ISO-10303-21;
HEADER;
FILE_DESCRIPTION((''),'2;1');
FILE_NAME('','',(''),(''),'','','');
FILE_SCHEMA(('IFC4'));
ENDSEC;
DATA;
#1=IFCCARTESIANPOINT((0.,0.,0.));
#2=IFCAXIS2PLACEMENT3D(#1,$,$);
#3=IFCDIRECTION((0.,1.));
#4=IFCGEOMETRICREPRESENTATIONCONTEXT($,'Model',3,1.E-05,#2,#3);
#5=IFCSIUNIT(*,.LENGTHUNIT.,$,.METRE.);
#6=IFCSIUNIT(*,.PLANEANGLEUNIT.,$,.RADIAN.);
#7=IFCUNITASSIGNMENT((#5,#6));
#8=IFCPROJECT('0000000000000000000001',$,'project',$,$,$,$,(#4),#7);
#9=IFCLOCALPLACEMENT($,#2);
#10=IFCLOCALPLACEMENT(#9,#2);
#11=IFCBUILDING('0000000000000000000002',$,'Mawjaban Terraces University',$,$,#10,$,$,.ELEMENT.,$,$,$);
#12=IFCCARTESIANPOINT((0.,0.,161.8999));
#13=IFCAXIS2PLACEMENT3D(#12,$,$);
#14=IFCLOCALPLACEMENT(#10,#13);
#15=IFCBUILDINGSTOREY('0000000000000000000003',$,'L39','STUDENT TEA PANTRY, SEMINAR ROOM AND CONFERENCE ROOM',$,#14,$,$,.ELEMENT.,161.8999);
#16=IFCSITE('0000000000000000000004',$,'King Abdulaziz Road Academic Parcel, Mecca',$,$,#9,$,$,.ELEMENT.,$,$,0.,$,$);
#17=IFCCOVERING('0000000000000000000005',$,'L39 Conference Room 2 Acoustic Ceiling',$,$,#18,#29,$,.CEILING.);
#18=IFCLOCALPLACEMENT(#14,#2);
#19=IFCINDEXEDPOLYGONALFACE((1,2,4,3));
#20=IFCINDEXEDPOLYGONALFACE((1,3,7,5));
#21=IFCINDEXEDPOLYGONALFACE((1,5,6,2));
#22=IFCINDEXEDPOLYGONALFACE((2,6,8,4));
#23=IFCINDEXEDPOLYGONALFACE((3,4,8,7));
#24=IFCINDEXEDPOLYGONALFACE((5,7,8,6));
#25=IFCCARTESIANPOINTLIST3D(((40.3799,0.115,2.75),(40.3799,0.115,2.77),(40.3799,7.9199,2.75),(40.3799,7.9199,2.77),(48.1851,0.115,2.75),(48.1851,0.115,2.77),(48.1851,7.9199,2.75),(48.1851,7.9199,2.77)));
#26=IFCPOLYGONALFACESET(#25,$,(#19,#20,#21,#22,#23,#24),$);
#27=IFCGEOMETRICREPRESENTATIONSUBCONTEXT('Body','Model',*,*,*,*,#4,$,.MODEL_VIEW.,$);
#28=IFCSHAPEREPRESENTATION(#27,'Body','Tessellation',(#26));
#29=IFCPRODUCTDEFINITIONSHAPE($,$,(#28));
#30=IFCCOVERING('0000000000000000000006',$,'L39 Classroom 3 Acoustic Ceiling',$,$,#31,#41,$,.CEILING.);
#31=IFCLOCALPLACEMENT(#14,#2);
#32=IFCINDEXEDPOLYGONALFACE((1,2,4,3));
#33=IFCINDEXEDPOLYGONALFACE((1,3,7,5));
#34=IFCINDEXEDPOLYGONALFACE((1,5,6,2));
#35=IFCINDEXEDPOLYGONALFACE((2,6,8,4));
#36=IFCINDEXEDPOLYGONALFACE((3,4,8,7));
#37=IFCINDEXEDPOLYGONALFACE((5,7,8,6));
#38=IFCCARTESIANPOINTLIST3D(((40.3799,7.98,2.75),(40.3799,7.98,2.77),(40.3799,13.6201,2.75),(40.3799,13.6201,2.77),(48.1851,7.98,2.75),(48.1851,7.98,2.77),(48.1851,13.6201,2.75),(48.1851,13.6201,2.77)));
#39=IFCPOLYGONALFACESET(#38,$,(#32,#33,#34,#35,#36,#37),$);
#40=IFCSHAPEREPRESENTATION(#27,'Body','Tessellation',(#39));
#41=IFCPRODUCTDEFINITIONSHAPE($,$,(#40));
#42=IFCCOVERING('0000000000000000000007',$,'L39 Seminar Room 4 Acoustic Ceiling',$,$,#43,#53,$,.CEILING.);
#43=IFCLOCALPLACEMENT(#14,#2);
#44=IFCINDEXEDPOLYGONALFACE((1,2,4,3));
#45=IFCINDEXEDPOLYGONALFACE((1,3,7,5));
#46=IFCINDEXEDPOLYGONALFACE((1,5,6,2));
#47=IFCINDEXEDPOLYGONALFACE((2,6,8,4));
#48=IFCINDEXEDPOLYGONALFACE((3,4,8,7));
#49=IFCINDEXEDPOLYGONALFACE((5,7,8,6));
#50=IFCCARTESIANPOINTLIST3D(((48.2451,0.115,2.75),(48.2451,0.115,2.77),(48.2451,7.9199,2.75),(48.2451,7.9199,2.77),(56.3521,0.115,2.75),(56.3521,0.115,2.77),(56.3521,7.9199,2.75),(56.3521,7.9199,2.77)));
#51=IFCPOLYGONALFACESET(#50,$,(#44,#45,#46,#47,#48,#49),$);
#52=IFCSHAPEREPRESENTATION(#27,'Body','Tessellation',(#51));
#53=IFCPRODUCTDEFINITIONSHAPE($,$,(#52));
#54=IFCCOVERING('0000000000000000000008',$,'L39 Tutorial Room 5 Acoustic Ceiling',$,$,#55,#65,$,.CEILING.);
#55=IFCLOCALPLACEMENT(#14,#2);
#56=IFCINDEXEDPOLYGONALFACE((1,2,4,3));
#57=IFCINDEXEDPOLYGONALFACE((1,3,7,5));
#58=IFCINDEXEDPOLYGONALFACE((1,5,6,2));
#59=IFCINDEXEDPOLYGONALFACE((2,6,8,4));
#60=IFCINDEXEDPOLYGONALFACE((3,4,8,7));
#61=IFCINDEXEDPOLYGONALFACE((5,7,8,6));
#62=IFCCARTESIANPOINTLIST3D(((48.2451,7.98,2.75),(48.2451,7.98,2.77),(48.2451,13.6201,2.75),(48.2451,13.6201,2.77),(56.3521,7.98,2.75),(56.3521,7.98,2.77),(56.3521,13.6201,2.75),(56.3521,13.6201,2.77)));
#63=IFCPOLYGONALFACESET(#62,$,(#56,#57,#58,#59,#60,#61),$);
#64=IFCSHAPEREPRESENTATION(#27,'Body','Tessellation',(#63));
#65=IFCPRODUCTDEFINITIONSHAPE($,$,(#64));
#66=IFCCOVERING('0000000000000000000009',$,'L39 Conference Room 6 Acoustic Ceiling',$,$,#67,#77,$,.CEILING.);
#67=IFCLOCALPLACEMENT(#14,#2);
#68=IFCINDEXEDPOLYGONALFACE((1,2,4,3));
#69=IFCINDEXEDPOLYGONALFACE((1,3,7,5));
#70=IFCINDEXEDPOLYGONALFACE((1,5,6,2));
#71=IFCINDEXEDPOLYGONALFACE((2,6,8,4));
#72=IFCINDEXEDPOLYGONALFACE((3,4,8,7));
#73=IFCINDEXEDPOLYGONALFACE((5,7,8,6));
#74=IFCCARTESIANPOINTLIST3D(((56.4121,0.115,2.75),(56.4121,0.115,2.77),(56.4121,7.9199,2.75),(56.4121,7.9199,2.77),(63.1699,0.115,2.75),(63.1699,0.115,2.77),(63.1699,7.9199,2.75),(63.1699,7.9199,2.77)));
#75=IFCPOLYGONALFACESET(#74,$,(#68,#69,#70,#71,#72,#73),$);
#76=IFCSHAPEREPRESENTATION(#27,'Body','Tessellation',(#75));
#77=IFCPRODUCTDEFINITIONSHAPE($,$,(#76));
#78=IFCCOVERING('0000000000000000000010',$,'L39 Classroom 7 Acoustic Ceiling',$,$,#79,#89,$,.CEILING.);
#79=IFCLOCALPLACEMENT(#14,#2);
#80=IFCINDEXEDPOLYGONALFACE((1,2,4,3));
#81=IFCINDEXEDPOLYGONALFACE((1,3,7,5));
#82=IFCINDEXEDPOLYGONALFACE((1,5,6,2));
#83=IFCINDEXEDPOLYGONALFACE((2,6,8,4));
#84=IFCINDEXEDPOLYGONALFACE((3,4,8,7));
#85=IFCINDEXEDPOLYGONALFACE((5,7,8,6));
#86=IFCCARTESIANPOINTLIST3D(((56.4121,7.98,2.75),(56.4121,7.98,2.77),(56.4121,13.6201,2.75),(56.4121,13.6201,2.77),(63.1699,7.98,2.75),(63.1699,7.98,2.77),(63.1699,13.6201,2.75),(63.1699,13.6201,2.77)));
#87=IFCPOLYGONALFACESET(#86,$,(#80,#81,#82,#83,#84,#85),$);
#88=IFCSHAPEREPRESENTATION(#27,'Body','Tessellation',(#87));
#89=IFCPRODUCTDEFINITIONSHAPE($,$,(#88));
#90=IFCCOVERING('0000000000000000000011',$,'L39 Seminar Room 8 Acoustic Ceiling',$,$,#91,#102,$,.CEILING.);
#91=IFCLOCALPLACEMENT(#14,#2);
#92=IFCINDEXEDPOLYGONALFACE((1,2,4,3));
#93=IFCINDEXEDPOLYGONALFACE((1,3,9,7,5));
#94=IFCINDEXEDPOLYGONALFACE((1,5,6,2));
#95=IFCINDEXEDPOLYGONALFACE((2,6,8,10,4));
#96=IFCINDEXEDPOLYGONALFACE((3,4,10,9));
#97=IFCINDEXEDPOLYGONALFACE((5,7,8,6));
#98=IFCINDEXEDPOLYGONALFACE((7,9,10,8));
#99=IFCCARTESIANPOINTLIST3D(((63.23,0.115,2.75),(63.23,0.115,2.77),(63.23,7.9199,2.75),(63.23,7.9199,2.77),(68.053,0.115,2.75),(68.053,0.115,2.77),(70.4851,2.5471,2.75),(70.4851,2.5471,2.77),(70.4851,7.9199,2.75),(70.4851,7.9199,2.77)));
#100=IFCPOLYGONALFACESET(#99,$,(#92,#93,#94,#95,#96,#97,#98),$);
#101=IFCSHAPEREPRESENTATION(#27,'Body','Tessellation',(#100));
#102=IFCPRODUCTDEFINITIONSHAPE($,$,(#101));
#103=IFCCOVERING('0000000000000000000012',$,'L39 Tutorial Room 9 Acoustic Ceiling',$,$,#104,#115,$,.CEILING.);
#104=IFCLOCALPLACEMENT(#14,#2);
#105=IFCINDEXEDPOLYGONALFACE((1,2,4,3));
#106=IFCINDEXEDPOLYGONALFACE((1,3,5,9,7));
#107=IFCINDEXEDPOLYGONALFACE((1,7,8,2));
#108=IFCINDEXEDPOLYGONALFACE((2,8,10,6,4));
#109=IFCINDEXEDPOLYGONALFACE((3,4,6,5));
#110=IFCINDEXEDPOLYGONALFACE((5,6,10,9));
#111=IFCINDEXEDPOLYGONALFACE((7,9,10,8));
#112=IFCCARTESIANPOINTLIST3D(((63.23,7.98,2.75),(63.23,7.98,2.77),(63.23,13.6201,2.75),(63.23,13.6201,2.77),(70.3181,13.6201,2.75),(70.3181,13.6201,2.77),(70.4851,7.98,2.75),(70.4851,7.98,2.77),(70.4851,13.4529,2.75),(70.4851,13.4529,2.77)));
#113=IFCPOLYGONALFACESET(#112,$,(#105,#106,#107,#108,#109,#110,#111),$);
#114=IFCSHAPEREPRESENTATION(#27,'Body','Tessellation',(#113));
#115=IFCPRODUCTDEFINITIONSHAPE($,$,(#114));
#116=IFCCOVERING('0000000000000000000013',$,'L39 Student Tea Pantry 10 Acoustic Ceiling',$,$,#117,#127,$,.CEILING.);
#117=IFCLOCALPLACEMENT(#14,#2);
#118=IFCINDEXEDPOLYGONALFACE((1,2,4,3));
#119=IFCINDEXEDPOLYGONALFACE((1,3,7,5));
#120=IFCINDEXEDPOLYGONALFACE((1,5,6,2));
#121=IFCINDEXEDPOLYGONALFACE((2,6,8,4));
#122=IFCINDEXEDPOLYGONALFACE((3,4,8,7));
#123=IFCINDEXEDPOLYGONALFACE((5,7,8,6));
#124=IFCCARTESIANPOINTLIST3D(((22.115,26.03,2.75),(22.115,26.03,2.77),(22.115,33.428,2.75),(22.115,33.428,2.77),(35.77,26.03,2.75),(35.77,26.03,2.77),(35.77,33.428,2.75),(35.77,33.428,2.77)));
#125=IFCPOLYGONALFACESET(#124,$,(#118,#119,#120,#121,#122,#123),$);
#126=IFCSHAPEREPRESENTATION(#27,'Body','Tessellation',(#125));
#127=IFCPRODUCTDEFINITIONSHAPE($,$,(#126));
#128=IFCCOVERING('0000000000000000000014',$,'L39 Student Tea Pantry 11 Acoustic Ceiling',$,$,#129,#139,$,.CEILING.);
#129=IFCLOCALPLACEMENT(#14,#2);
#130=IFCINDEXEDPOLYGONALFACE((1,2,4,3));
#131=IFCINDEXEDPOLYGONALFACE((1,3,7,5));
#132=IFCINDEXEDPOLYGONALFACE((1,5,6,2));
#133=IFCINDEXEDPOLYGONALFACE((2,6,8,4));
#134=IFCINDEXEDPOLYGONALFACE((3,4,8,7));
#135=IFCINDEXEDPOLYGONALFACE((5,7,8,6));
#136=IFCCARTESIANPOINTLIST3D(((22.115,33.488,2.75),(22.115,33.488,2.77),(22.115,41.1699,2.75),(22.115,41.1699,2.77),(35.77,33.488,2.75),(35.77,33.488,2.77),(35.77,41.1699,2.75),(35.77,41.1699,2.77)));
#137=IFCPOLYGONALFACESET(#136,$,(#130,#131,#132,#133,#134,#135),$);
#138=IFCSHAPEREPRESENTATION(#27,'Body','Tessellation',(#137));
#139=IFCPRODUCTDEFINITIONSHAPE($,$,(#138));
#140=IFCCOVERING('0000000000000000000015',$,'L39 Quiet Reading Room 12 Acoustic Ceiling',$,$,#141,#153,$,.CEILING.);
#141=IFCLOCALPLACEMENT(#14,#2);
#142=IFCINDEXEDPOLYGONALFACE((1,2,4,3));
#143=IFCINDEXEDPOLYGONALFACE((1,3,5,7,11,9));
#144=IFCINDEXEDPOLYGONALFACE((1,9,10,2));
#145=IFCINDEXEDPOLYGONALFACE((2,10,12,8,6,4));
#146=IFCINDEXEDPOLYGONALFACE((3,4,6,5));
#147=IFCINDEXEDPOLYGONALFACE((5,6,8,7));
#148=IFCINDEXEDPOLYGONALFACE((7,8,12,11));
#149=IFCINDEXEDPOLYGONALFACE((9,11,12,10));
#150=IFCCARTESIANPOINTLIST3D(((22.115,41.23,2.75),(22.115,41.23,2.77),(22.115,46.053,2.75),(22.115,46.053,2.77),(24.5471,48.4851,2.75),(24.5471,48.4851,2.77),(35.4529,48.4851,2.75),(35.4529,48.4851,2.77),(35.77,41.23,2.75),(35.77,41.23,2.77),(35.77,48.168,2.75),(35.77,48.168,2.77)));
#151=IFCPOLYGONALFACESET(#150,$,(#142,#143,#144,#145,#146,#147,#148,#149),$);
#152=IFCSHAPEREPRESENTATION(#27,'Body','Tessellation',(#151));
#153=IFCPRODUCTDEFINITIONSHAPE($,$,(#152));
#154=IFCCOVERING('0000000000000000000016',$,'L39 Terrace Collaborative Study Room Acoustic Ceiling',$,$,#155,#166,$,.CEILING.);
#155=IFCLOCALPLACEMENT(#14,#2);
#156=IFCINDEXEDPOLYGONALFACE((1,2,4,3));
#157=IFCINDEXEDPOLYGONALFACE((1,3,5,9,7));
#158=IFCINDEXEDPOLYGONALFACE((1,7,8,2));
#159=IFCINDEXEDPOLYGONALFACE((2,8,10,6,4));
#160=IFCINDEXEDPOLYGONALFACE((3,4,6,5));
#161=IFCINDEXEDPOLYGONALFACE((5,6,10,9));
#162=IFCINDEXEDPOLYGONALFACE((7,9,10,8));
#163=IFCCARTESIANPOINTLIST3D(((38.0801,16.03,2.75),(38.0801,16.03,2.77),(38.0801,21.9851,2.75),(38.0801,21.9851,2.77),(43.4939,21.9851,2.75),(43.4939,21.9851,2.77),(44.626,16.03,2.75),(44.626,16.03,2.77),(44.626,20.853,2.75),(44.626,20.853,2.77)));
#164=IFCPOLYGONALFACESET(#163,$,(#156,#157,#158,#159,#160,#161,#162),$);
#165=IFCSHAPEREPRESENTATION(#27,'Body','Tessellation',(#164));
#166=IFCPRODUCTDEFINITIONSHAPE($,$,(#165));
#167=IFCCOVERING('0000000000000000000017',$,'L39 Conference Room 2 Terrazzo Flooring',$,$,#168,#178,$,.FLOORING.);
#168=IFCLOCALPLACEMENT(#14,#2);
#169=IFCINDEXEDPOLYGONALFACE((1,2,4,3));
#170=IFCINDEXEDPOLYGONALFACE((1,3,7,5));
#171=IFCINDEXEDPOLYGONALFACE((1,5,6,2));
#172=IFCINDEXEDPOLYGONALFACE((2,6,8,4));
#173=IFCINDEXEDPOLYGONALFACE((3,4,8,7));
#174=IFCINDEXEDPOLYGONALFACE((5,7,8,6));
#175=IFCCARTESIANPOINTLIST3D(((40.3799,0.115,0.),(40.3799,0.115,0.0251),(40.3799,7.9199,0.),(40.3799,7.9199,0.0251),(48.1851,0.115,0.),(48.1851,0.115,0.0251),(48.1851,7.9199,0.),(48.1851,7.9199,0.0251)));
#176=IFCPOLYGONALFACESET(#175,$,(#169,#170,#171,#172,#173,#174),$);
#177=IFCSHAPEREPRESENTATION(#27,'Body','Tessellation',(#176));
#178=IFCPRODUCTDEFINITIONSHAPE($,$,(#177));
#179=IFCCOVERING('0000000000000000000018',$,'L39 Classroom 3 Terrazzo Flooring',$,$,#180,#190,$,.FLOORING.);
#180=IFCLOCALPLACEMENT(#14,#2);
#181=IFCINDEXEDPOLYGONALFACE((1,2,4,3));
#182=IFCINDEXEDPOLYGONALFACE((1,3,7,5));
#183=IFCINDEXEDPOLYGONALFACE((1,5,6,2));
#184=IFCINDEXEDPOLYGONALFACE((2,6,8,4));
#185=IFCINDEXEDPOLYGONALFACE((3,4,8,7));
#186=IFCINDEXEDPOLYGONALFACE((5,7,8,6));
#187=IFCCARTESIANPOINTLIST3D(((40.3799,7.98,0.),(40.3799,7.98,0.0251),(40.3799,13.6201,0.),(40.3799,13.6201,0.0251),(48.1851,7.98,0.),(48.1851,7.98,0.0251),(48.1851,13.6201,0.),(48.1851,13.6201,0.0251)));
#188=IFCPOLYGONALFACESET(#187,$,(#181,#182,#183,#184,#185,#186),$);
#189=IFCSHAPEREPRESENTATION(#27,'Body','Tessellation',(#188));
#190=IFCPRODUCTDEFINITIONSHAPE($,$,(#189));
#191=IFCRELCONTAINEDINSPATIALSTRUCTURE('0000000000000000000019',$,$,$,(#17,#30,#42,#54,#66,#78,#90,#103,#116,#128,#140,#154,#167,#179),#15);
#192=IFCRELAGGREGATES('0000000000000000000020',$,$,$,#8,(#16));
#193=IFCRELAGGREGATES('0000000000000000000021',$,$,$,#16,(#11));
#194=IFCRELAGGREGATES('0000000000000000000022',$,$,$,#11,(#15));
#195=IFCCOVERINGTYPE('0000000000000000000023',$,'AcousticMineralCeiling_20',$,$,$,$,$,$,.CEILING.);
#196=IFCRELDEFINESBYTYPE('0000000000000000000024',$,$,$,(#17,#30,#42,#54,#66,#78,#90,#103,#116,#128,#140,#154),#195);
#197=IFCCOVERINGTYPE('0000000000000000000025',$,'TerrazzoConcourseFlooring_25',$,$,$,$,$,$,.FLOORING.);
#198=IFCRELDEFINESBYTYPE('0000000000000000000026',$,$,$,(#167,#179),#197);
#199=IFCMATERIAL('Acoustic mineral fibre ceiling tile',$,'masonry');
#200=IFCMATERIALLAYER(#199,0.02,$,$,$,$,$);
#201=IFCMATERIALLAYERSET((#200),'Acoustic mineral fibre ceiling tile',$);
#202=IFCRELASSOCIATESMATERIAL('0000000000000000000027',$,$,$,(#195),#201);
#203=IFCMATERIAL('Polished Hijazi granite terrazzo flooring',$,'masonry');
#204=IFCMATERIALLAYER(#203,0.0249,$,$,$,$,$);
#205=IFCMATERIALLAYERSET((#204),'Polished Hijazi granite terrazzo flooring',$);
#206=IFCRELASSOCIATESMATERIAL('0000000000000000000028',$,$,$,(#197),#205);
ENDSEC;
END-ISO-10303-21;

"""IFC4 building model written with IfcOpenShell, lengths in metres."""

from ifc_helpers import new_model, si_unit, direction, frame, origin, place, context, subcontext, project, spatial, polyline, outline, extrude, material, layer, layer_set, type_object, element, save


model = new_model("IFC4")

# Units and contexts
model_context = context("Model", 3, precision=1e-05, world=origin(), true_north=direction((0.0, 1.0)))
body_context = subcontext(model_context, "Body", "Model", "MODEL_VIEW")
ifc_project = project(units=[si_unit("LENGTHUNIT", "METRE"), si_unit("PLANEANGLEUNIT", "RADIAN")], contexts=[model_context])

# Site, building, storey
site_placement = place(None, origin())
site = spatial("IfcSite", under=ifc_project, at=site_placement, Name="King Abdulaziz Road Academic Parcel, Mecca", CompositionType="ELEMENT", RefElevation=0.0)
building_placement = place(site_placement, origin())
building = spatial("IfcBuilding", under=site, at=building_placement, Name="Mawjaban Terraces University", CompositionType="ELEMENT")
storey_placement = place(building_placement, frame((0.0, 0.0, 161.8999)))
storey = spatial("IfcBuildingStorey", under=building, at=storey_placement, Name="L39", Description="STUDENT TEA PANTRY, SEMINAR ROOM AND CONFERENCE ROOM", CompositionType="ELEMENT", Elevation=161.8999)

# Coverings
ifc_material_1 = material(Name="Acoustic mineral fibre ceiling tile", Category="masonry")
ifc_layer_1 = layer(ifc_material_1, 0.02)
ifc_layer_set_1 = layer_set([ifc_layer_1], Name="Acoustic mineral fibre ceiling tile")
covering_type_1 = type_object("IfcCoveringType", Name="AcousticMineralCeiling_20", PredefinedType="CEILING", material=ifc_layer_set_1)
covering_1_placement = place(storey_placement, frame((0.0, 0.0, 2.75)))
element("IfcCovering", 1, at=covering_1_placement, inside=storey, type_object=covering_type_1, Name="L39 Conference Room 2 Acoustic Ceiling", PredefinedType="CEILING", context=body_context, shape_type="SweptSolid", body=[
    extrude(outline(polyline([(40.3799, 0.115), (48.1851, 0.115), (48.1851, 7.9199), (40.3799, 7.9199), (40.3799, 0.115)])), origin(), (0.0, 0.0, 1.0), 0.02),
])
covering_2_placement = place(storey_placement, frame((0.0, 0.0, 2.75)))
element("IfcCovering", 2, at=covering_2_placement, inside=storey, type_object=covering_type_1, Name="L39 Classroom 3 Acoustic Ceiling", PredefinedType="CEILING", context=body_context, shape_type="SweptSolid", body=[
    extrude(outline(polyline([(48.1851, 7.98), (48.1851, 13.6201), (40.3799, 13.6201), (40.3799, 7.98), (48.1851, 7.98)])), origin(), (0.0, 0.0, 1.0), 0.02),
])
covering_3_placement = place(storey_placement, frame((0.0, 0.0, 2.75)))
element("IfcCovering", 3, at=covering_3_placement, inside=storey, type_object=covering_type_1, Name="L39 Seminar Room 4 Acoustic Ceiling", PredefinedType="CEILING", context=body_context, shape_type="SweptSolid", body=[
    extrude(outline(polyline([(48.2451, 0.115), (56.3521, 0.115), (56.3521, 7.9199), (48.2451, 7.9199), (48.2451, 0.115)])), origin(), (0.0, 0.0, 1.0), 0.02),
])
covering_4_placement = place(storey_placement, frame((0.0, 0.0, 2.75)))
element("IfcCovering", 4, at=covering_4_placement, inside=storey, type_object=covering_type_1, Name="L39 Tutorial Room 5 Acoustic Ceiling", PredefinedType="CEILING", context=body_context, shape_type="SweptSolid", body=[
    extrude(outline(polyline([(56.3521, 7.98), (56.3521, 13.6201), (48.2451, 13.6201), (48.2451, 7.98), (56.3521, 7.98)])), origin(), (0.0, 0.0, 1.0), 0.02),
])
covering_5_placement = place(storey_placement, frame((0.0, 0.0, 2.75)))
element("IfcCovering", 5, at=covering_5_placement, inside=storey, type_object=covering_type_1, Name="L39 Conference Room 6 Acoustic Ceiling", PredefinedType="CEILING", context=body_context, shape_type="SweptSolid", body=[
    extrude(outline(polyline([(56.4121, 0.115), (63.1699, 0.115), (63.1699, 7.9199), (56.4121, 7.9199), (56.4121, 0.115)])), origin(), (0.0, 0.0, 1.0), 0.02),
])
covering_6_placement = place(storey_placement, frame((0.0, 0.0, 2.75)))
element("IfcCovering", 6, at=covering_6_placement, inside=storey, type_object=covering_type_1, Name="L39 Classroom 7 Acoustic Ceiling", PredefinedType="CEILING", context=body_context, shape_type="SweptSolid", body=[
    extrude(outline(polyline([(63.1699, 7.98), (63.1699, 13.6201), (56.4121, 13.6201), (56.4121, 7.98), (63.1699, 7.98)])), origin(), (0.0, 0.0, 1.0), 0.02),
])
covering_7_placement = place(storey_placement, frame((0.0, 0.0, 2.75)))
element("IfcCovering", 7, at=covering_7_placement, inside=storey, type_object=covering_type_1, Name="L39 Seminar Room 8 Acoustic Ceiling", PredefinedType="CEILING", context=body_context, shape_type="SweptSolid", body=[
    extrude(outline(polyline([(63.23, 0.115), (68.053, 0.115), (70.4851, 2.5471), (70.4851, 7.9199), (63.23, 7.9199), (63.23, 0.115)])), origin(), (0.0, 0.0, 1.0), 0.02),
])
covering_8_placement = place(storey_placement, frame((0.0, 0.0, 2.75)))
element("IfcCovering", 8, at=covering_8_placement, inside=storey, type_object=covering_type_1, Name="L39 Tutorial Room 9 Acoustic Ceiling", PredefinedType="CEILING", context=body_context, shape_type="SweptSolid", body=[
    extrude(outline(polyline([(70.4851, 7.98), (70.4851, 13.4529), (70.3181, 13.6201), (63.23, 13.6201), (63.23, 7.98), (70.4851, 7.98)])), origin(), (0.0, 0.0, 1.0), 0.02),
])
covering_9_placement = place(storey_placement, frame((0.0, 0.0, 2.75)))
element("IfcCovering", 9, at=covering_9_placement, inside=storey, type_object=covering_type_1, Name="L39 Student Tea Pantry 10 Acoustic Ceiling", PredefinedType="CEILING", context=body_context, shape_type="SweptSolid", body=[
    extrude(outline(polyline([(22.115, 33.428), (22.115, 26.03), (35.77, 26.03), (35.77, 33.428), (22.115, 33.428)])), origin(), (0.0, 0.0, 1.0), 0.02),
])
covering_10_placement = place(storey_placement, frame((0.0, 0.0, 2.75)))
element("IfcCovering", 10, at=covering_10_placement, inside=storey, type_object=covering_type_1, Name="L39 Student Tea Pantry 11 Acoustic Ceiling", PredefinedType="CEILING", context=body_context, shape_type="SweptSolid", body=[
    extrude(outline(polyline([(22.115, 41.1699), (22.115, 33.488), (35.77, 33.488), (35.77, 41.1699), (22.115, 41.1699)])), origin(), (0.0, 0.0, 1.0), 0.02),
])
covering_11_placement = place(storey_placement, frame((0.0, 0.0, 2.75)))
element("IfcCovering", 11, at=covering_11_placement, inside=storey, type_object=covering_type_1, Name="L39 Quiet Reading Room 12 Acoustic Ceiling", PredefinedType="CEILING", context=body_context, shape_type="SweptSolid", body=[
    extrude(outline(polyline([(35.77, 48.168), (35.4529, 48.4851), (24.5471, 48.4851), (22.115, 46.053), (22.115, 41.23), (35.77, 41.23), (35.77, 48.168)])), origin(), (0.0, 0.0, 1.0), 0.02),
])
covering_12_placement = place(storey_placement, frame((0.0, 0.0, 2.75)))
element("IfcCovering", 12, at=covering_12_placement, inside=storey, type_object=covering_type_1, Name="L39 Terrace Collaborative Study Room Acoustic Ceiling", PredefinedType="CEILING", context=body_context, shape_type="SweptSolid", body=[
    extrude(outline(polyline([(44.626, 16.03), (44.626, 20.853), (43.4939, 21.9851), (38.0801, 21.9851), (38.0801, 16.03), (44.626, 16.03)])), origin(), (0.0, 0.0, 1.0), 0.02),
])
ifc_material_2 = material(Name="Polished Hijazi granite terrazzo flooring", Category="masonry")
ifc_layer_2 = layer(ifc_material_2, 0.0249)
ifc_layer_set_2 = layer_set([ifc_layer_2], Name="Polished Hijazi granite terrazzo flooring")
covering_type_2 = type_object("IfcCoveringType", Name="TerrazzoConcourseFlooring_25", PredefinedType="FLOORING", material=ifc_layer_set_2)
covering_13_placement = place(storey_placement, origin())
element("IfcCovering", 13, at=covering_13_placement, inside=storey, type_object=covering_type_2, Name="L39 Conference Room 2 Terrazzo Flooring", PredefinedType="FLOORING", context=body_context, shape_type="SweptSolid", body=[
    extrude(outline(polyline([(40.3799, 0.115), (48.1851, 0.115), (48.1851, 7.9199), (40.3799, 7.9199), (40.3799, 0.115)])), origin(), (0.0, 0.0, 1.0), 0.0251),
])
covering_14_placement = place(storey_placement, origin())
element("IfcCovering", 14, at=covering_14_placement, inside=storey, type_object=covering_type_2, Name="L39 Classroom 3 Terrazzo Flooring", PredefinedType="FLOORING", context=body_context, shape_type="SweptSolid", body=[
    extrude(outline(polyline([(48.1851, 7.98), (48.1851, 13.6201), (40.3799, 13.6201), (40.3799, 7.98), (48.1851, 7.98)])), origin(), (0.0, 0.0, 1.0), 0.0251),
])

save(model, "model.ifc")
